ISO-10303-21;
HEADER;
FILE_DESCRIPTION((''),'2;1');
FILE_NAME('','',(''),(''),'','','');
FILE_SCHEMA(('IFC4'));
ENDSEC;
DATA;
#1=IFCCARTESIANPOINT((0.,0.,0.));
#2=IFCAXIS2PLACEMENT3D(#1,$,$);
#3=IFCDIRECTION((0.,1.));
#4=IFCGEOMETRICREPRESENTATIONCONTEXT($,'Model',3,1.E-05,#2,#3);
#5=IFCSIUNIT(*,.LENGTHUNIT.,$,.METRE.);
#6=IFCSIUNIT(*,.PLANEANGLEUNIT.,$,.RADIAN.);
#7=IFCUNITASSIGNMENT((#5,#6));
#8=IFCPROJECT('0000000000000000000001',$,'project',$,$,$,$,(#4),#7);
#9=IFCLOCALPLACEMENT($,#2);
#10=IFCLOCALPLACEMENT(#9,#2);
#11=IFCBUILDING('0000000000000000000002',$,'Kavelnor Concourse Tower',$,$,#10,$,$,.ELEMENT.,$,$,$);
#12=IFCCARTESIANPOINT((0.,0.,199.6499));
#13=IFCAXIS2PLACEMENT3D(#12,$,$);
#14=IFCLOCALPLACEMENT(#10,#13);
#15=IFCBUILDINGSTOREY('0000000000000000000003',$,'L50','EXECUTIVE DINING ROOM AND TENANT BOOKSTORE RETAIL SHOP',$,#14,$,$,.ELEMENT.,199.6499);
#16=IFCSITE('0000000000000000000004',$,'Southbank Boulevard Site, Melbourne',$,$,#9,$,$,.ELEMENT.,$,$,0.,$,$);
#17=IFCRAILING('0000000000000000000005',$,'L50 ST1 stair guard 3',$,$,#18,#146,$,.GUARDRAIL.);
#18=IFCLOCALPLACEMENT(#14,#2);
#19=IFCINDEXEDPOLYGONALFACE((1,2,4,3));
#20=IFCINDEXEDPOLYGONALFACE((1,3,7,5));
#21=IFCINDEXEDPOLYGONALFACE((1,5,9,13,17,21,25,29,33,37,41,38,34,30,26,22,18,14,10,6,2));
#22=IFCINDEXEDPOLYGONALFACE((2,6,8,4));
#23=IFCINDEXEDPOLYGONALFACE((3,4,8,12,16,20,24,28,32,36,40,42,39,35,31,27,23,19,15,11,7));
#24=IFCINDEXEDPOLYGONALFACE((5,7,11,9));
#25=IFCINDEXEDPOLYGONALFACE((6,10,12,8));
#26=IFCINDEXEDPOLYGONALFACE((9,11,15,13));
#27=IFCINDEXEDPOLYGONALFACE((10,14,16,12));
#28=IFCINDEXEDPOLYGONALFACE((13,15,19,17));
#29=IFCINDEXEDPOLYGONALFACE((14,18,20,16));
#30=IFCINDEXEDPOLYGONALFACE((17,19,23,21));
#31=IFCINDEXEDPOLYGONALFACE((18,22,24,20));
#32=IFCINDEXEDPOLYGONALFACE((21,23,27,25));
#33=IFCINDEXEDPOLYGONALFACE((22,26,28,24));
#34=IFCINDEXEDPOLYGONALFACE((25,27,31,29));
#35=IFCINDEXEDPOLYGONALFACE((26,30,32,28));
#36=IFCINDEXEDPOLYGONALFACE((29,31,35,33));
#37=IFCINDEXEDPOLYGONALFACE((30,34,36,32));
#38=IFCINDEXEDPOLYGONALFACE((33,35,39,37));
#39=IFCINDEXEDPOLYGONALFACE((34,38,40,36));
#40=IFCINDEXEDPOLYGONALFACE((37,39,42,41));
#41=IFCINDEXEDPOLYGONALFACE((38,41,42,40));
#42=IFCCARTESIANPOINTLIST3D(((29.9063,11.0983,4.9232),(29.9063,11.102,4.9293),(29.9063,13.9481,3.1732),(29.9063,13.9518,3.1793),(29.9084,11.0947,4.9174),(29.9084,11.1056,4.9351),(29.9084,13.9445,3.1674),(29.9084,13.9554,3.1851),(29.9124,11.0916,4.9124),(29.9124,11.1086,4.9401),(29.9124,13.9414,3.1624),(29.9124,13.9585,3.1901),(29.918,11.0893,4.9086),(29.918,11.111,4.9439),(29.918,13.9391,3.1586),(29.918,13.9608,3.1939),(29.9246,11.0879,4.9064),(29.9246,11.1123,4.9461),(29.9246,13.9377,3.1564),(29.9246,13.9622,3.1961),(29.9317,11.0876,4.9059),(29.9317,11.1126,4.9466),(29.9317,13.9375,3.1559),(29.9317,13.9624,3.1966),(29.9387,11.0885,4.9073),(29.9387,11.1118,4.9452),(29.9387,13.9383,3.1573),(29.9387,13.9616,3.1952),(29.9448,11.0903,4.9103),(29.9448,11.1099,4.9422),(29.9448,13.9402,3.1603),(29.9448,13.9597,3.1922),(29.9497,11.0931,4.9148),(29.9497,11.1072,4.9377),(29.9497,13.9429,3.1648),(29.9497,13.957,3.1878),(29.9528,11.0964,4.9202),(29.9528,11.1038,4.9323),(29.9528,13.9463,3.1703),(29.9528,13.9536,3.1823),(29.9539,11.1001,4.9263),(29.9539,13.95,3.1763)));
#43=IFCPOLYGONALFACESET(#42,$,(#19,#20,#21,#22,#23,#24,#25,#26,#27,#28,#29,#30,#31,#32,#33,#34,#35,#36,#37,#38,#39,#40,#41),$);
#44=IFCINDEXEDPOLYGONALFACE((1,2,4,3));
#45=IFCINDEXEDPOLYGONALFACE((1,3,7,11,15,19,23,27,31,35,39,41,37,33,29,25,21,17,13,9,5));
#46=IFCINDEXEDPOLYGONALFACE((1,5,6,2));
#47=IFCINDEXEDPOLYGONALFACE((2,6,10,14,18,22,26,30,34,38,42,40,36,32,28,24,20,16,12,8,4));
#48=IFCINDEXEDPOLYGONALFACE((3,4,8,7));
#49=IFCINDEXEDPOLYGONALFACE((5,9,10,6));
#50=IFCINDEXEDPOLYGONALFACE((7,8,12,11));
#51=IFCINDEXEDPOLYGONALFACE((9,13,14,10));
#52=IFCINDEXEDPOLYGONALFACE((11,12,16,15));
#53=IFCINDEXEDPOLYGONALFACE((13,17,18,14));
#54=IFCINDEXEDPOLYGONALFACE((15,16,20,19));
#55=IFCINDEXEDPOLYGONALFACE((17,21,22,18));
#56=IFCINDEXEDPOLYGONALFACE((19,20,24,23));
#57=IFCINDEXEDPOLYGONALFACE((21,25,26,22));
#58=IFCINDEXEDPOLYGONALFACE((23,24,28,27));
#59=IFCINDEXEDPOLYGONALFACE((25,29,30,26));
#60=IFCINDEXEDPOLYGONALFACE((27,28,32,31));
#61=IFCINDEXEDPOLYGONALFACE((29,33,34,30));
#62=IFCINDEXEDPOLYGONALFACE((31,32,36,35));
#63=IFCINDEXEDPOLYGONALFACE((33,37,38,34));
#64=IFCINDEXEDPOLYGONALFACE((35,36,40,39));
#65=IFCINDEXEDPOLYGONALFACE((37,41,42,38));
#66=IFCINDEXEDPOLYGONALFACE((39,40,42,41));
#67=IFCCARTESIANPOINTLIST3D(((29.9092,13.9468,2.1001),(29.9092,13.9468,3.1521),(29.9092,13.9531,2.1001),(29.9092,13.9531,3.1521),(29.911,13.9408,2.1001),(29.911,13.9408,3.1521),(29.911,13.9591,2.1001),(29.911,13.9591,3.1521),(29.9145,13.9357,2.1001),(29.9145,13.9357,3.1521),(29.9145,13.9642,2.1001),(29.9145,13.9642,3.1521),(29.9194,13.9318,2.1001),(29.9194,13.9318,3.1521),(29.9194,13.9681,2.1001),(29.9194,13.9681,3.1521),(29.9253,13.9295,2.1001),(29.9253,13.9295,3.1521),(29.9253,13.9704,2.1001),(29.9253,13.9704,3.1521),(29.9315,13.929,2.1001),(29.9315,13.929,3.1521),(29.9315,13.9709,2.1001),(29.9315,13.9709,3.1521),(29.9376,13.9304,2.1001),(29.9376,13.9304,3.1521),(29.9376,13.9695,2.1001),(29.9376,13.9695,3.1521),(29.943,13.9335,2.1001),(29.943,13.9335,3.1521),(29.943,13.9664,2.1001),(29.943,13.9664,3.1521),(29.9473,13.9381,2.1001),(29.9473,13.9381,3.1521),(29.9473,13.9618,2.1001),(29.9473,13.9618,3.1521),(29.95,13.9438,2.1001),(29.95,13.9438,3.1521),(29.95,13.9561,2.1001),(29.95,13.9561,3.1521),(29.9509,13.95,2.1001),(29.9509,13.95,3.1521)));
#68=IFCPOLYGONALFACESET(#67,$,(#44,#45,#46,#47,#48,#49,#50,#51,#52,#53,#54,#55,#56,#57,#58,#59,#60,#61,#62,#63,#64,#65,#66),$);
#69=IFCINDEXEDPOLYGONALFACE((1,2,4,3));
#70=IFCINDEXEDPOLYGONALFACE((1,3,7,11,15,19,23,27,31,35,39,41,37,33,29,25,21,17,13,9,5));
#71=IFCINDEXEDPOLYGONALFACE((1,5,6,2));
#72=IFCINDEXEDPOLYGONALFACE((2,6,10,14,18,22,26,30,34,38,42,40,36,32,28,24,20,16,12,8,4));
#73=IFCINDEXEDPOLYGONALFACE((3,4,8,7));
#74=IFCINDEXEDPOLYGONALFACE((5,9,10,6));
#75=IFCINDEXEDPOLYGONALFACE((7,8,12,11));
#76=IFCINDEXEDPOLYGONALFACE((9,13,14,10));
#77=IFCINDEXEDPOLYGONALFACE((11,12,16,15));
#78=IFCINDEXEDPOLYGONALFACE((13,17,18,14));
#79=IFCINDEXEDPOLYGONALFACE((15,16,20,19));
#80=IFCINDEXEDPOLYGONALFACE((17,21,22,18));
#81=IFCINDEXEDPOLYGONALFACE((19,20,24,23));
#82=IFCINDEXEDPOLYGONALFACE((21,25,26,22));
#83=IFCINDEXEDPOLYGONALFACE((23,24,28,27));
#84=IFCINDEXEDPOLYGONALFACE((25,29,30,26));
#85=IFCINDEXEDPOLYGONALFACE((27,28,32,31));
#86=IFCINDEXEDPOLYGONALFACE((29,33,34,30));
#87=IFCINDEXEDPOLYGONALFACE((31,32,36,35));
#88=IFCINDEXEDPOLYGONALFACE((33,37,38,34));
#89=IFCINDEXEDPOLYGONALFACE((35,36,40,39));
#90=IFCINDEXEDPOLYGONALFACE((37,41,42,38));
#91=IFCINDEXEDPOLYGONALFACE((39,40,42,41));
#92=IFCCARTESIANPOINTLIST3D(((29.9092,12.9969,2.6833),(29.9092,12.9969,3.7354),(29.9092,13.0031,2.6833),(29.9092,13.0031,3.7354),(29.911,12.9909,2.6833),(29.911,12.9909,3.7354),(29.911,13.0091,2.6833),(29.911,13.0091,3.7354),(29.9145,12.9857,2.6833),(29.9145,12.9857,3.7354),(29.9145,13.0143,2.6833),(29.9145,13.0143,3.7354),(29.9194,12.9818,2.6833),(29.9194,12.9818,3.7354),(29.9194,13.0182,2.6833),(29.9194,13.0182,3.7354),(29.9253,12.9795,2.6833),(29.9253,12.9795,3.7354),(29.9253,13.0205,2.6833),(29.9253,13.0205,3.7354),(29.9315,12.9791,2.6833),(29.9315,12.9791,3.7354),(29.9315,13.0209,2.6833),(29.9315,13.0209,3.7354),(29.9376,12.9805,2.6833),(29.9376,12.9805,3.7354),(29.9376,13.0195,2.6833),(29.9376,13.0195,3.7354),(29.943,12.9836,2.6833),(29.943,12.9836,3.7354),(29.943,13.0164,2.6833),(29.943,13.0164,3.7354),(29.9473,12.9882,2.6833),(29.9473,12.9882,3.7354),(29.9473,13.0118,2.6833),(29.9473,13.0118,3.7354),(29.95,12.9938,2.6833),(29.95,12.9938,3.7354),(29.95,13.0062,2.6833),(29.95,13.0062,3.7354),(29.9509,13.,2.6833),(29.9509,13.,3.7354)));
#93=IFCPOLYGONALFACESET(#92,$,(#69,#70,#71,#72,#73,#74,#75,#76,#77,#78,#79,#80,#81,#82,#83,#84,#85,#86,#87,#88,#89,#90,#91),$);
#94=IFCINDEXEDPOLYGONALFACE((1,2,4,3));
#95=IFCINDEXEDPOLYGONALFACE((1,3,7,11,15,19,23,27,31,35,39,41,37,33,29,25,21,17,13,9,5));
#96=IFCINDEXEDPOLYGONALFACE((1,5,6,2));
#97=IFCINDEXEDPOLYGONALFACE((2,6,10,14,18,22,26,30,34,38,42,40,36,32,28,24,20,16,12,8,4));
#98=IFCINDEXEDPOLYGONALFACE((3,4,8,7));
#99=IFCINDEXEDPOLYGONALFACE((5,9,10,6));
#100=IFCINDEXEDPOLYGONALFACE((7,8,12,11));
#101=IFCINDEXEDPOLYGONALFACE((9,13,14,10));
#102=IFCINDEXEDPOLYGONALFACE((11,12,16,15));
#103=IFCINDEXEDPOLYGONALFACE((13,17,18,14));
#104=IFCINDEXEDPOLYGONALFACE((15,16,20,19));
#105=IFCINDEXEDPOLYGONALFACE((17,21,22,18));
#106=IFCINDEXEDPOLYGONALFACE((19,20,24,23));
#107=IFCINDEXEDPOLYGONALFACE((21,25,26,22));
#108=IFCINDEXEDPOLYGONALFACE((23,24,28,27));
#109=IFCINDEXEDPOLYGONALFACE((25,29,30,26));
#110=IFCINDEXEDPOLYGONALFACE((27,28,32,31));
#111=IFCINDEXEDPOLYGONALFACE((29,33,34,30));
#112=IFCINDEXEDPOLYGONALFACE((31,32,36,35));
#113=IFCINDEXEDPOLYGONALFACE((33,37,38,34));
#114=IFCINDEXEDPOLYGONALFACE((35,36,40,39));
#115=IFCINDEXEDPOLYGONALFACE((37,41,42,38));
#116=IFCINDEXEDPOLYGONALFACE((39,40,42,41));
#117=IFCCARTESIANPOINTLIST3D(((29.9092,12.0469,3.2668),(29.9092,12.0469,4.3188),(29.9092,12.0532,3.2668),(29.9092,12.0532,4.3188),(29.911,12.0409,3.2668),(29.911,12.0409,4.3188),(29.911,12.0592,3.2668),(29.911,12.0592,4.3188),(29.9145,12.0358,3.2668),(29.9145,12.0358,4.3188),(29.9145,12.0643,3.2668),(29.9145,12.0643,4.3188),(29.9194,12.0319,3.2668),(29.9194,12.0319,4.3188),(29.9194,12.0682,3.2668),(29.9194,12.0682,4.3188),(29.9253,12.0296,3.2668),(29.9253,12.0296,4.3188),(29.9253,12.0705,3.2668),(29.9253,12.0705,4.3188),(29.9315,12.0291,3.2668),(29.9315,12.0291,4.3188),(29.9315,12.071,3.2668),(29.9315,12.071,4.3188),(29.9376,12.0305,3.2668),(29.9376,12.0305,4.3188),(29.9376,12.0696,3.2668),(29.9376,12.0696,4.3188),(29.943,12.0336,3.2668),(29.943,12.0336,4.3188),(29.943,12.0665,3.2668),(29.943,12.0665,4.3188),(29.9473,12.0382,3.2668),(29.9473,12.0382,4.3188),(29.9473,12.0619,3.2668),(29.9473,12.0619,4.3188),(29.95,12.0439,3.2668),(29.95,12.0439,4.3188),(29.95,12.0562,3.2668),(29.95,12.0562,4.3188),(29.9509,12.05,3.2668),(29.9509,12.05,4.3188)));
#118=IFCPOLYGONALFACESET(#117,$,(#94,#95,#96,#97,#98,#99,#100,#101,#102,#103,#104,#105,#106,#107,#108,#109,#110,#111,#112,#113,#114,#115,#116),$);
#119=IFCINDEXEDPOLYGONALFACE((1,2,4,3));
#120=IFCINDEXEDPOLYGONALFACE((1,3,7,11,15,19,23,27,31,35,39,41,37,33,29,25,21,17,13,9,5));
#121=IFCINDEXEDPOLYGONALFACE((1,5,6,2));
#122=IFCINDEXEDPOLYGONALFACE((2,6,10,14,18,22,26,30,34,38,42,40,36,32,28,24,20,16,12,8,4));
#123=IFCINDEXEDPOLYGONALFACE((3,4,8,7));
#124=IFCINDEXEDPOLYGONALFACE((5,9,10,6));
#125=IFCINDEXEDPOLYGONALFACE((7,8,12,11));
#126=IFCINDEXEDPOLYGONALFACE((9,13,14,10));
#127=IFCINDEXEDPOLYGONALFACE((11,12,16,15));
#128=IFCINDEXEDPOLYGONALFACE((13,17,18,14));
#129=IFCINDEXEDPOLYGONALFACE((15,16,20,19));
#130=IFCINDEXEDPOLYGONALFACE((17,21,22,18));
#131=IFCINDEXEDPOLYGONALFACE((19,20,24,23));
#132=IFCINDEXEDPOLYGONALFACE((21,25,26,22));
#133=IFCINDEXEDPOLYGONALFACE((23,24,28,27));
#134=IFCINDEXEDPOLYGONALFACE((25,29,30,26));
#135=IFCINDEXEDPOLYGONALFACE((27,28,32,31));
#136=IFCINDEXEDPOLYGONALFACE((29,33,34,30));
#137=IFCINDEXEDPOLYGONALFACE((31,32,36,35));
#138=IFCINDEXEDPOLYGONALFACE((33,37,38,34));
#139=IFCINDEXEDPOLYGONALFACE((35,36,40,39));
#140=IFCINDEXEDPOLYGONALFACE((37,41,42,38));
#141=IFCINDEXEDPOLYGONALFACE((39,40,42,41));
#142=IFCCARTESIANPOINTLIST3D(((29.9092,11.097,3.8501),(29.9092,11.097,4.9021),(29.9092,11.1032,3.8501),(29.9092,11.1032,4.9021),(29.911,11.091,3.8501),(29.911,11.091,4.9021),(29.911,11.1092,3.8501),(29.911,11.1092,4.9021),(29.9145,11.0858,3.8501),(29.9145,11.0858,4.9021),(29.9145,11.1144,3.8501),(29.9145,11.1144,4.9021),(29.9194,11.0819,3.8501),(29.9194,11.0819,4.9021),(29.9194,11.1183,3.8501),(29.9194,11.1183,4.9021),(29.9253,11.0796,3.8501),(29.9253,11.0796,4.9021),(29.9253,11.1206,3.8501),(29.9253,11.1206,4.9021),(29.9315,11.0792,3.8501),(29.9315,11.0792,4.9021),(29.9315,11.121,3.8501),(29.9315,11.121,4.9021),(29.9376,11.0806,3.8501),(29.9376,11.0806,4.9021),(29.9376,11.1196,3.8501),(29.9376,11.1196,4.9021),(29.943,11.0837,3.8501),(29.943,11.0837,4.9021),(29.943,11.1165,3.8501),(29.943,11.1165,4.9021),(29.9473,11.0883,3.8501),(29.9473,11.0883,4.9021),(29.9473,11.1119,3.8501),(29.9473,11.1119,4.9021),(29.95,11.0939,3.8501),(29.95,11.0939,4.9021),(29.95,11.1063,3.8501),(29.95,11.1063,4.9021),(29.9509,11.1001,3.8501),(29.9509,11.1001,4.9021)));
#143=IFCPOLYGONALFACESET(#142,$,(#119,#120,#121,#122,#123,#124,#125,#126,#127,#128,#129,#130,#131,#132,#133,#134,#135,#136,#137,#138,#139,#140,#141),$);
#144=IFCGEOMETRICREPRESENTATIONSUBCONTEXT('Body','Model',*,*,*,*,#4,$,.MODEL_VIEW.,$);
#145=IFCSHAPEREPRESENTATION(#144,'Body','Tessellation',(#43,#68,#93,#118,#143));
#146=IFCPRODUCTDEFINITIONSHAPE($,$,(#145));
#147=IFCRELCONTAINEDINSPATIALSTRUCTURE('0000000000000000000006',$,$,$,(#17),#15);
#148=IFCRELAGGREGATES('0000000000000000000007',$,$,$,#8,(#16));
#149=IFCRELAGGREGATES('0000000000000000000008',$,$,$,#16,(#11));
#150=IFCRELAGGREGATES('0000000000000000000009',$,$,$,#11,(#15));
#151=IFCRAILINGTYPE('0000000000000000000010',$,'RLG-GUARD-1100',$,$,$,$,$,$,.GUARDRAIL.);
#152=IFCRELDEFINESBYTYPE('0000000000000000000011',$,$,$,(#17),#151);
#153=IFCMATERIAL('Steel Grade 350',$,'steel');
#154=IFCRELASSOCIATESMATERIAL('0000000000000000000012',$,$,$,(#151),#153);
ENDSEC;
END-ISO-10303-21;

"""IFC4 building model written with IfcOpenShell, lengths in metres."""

from ifc_helpers import new_model, si_unit, direction, frame, origin, origin_2d, place, context, subcontext, project, spatial, circle, extrude, material, type_object, element, save


model = new_model("IFC4")

# Units and contexts
model_context = context("Model", 3, precision=1e-05, world=origin(), true_north=direction((0.0, 1.0)))
body_context = subcontext(model_context, "Body", "Model", "MODEL_VIEW")
ifc_project = project(units=[si_unit("LENGTHUNIT", "METRE"), si_unit("PLANEANGLEUNIT", "RADIAN")], contexts=[model_context])

# Site, building, storey
site_placement = place(None, origin())
site = spatial("IfcSite", under=ifc_project, at=site_placement, Name="Southbank Boulevard Site, Melbourne", CompositionType="ELEMENT", RefElevation=0.0)
building_placement = place(site_placement, origin())
building = spatial("IfcBuilding", under=site, at=building_placement, Name="Kavelnor Concourse Tower", CompositionType="ELEMENT")
storey_placement = place(building_placement, frame((0.0, 0.0, 199.6499)))
storey = spatial("IfcBuildingStorey", under=building, at=storey_placement, Name="L50", Description="EXECUTIVE DINING ROOM AND TENANT BOOKSTORE RETAIL SHOP", CompositionType="ELEMENT", Elevation=199.6499)

# Shared definitions
ifc_material_1 = material(Name="Steel Grade 350", Category="steel")

# Railing
railing_type_1 = type_object("IfcRailingType", Name="RLG-GUARD-1100", PredefinedType="GUARDRAIL", material=ifc_material_1)
railing_1_placement = place(storey_placement, frame((29.9299, 13.95, 2.1001)))
element("IfcRailing", 1, at=railing_1_placement, inside=storey, type_object=railing_type_1, Name="L50 ST1 stair guard 3", PredefinedType="GUARDRAIL", context=body_context, shape_type="SweptSolid", body=[
    extrude(circle(Radius=0.0239, at=origin_2d()), frame((0.0, 0.0, 1.0762), z_axis=(0.0, -0.852159, 0.523283), x_axis=(1.0, 0.0, 0.0)), (0.0, 0.0, 1.0), 3.3442),
    extrude(circle(Radius=0.021, at=origin_2d()), origin(), (0.0, 0.0, 1.0), 1.052),
    extrude(circle(Radius=0.021, at=origin_2d()), frame((0.0, -0.95, 0.5833)), (0.0, 0.0, 1.0), 1.052),
    extrude(circle(Radius=0.021, at=origin_2d()), frame((0.0, -1.8999, 1.1667)), (0.0, 0.0, 1.0), 1.052),
    extrude(circle(Radius=0.021, at=origin_2d()), frame((0.0, -2.8499, 1.75)), (0.0, 0.0, 1.0), 1.052),
])

save(model, "model.ifc")
